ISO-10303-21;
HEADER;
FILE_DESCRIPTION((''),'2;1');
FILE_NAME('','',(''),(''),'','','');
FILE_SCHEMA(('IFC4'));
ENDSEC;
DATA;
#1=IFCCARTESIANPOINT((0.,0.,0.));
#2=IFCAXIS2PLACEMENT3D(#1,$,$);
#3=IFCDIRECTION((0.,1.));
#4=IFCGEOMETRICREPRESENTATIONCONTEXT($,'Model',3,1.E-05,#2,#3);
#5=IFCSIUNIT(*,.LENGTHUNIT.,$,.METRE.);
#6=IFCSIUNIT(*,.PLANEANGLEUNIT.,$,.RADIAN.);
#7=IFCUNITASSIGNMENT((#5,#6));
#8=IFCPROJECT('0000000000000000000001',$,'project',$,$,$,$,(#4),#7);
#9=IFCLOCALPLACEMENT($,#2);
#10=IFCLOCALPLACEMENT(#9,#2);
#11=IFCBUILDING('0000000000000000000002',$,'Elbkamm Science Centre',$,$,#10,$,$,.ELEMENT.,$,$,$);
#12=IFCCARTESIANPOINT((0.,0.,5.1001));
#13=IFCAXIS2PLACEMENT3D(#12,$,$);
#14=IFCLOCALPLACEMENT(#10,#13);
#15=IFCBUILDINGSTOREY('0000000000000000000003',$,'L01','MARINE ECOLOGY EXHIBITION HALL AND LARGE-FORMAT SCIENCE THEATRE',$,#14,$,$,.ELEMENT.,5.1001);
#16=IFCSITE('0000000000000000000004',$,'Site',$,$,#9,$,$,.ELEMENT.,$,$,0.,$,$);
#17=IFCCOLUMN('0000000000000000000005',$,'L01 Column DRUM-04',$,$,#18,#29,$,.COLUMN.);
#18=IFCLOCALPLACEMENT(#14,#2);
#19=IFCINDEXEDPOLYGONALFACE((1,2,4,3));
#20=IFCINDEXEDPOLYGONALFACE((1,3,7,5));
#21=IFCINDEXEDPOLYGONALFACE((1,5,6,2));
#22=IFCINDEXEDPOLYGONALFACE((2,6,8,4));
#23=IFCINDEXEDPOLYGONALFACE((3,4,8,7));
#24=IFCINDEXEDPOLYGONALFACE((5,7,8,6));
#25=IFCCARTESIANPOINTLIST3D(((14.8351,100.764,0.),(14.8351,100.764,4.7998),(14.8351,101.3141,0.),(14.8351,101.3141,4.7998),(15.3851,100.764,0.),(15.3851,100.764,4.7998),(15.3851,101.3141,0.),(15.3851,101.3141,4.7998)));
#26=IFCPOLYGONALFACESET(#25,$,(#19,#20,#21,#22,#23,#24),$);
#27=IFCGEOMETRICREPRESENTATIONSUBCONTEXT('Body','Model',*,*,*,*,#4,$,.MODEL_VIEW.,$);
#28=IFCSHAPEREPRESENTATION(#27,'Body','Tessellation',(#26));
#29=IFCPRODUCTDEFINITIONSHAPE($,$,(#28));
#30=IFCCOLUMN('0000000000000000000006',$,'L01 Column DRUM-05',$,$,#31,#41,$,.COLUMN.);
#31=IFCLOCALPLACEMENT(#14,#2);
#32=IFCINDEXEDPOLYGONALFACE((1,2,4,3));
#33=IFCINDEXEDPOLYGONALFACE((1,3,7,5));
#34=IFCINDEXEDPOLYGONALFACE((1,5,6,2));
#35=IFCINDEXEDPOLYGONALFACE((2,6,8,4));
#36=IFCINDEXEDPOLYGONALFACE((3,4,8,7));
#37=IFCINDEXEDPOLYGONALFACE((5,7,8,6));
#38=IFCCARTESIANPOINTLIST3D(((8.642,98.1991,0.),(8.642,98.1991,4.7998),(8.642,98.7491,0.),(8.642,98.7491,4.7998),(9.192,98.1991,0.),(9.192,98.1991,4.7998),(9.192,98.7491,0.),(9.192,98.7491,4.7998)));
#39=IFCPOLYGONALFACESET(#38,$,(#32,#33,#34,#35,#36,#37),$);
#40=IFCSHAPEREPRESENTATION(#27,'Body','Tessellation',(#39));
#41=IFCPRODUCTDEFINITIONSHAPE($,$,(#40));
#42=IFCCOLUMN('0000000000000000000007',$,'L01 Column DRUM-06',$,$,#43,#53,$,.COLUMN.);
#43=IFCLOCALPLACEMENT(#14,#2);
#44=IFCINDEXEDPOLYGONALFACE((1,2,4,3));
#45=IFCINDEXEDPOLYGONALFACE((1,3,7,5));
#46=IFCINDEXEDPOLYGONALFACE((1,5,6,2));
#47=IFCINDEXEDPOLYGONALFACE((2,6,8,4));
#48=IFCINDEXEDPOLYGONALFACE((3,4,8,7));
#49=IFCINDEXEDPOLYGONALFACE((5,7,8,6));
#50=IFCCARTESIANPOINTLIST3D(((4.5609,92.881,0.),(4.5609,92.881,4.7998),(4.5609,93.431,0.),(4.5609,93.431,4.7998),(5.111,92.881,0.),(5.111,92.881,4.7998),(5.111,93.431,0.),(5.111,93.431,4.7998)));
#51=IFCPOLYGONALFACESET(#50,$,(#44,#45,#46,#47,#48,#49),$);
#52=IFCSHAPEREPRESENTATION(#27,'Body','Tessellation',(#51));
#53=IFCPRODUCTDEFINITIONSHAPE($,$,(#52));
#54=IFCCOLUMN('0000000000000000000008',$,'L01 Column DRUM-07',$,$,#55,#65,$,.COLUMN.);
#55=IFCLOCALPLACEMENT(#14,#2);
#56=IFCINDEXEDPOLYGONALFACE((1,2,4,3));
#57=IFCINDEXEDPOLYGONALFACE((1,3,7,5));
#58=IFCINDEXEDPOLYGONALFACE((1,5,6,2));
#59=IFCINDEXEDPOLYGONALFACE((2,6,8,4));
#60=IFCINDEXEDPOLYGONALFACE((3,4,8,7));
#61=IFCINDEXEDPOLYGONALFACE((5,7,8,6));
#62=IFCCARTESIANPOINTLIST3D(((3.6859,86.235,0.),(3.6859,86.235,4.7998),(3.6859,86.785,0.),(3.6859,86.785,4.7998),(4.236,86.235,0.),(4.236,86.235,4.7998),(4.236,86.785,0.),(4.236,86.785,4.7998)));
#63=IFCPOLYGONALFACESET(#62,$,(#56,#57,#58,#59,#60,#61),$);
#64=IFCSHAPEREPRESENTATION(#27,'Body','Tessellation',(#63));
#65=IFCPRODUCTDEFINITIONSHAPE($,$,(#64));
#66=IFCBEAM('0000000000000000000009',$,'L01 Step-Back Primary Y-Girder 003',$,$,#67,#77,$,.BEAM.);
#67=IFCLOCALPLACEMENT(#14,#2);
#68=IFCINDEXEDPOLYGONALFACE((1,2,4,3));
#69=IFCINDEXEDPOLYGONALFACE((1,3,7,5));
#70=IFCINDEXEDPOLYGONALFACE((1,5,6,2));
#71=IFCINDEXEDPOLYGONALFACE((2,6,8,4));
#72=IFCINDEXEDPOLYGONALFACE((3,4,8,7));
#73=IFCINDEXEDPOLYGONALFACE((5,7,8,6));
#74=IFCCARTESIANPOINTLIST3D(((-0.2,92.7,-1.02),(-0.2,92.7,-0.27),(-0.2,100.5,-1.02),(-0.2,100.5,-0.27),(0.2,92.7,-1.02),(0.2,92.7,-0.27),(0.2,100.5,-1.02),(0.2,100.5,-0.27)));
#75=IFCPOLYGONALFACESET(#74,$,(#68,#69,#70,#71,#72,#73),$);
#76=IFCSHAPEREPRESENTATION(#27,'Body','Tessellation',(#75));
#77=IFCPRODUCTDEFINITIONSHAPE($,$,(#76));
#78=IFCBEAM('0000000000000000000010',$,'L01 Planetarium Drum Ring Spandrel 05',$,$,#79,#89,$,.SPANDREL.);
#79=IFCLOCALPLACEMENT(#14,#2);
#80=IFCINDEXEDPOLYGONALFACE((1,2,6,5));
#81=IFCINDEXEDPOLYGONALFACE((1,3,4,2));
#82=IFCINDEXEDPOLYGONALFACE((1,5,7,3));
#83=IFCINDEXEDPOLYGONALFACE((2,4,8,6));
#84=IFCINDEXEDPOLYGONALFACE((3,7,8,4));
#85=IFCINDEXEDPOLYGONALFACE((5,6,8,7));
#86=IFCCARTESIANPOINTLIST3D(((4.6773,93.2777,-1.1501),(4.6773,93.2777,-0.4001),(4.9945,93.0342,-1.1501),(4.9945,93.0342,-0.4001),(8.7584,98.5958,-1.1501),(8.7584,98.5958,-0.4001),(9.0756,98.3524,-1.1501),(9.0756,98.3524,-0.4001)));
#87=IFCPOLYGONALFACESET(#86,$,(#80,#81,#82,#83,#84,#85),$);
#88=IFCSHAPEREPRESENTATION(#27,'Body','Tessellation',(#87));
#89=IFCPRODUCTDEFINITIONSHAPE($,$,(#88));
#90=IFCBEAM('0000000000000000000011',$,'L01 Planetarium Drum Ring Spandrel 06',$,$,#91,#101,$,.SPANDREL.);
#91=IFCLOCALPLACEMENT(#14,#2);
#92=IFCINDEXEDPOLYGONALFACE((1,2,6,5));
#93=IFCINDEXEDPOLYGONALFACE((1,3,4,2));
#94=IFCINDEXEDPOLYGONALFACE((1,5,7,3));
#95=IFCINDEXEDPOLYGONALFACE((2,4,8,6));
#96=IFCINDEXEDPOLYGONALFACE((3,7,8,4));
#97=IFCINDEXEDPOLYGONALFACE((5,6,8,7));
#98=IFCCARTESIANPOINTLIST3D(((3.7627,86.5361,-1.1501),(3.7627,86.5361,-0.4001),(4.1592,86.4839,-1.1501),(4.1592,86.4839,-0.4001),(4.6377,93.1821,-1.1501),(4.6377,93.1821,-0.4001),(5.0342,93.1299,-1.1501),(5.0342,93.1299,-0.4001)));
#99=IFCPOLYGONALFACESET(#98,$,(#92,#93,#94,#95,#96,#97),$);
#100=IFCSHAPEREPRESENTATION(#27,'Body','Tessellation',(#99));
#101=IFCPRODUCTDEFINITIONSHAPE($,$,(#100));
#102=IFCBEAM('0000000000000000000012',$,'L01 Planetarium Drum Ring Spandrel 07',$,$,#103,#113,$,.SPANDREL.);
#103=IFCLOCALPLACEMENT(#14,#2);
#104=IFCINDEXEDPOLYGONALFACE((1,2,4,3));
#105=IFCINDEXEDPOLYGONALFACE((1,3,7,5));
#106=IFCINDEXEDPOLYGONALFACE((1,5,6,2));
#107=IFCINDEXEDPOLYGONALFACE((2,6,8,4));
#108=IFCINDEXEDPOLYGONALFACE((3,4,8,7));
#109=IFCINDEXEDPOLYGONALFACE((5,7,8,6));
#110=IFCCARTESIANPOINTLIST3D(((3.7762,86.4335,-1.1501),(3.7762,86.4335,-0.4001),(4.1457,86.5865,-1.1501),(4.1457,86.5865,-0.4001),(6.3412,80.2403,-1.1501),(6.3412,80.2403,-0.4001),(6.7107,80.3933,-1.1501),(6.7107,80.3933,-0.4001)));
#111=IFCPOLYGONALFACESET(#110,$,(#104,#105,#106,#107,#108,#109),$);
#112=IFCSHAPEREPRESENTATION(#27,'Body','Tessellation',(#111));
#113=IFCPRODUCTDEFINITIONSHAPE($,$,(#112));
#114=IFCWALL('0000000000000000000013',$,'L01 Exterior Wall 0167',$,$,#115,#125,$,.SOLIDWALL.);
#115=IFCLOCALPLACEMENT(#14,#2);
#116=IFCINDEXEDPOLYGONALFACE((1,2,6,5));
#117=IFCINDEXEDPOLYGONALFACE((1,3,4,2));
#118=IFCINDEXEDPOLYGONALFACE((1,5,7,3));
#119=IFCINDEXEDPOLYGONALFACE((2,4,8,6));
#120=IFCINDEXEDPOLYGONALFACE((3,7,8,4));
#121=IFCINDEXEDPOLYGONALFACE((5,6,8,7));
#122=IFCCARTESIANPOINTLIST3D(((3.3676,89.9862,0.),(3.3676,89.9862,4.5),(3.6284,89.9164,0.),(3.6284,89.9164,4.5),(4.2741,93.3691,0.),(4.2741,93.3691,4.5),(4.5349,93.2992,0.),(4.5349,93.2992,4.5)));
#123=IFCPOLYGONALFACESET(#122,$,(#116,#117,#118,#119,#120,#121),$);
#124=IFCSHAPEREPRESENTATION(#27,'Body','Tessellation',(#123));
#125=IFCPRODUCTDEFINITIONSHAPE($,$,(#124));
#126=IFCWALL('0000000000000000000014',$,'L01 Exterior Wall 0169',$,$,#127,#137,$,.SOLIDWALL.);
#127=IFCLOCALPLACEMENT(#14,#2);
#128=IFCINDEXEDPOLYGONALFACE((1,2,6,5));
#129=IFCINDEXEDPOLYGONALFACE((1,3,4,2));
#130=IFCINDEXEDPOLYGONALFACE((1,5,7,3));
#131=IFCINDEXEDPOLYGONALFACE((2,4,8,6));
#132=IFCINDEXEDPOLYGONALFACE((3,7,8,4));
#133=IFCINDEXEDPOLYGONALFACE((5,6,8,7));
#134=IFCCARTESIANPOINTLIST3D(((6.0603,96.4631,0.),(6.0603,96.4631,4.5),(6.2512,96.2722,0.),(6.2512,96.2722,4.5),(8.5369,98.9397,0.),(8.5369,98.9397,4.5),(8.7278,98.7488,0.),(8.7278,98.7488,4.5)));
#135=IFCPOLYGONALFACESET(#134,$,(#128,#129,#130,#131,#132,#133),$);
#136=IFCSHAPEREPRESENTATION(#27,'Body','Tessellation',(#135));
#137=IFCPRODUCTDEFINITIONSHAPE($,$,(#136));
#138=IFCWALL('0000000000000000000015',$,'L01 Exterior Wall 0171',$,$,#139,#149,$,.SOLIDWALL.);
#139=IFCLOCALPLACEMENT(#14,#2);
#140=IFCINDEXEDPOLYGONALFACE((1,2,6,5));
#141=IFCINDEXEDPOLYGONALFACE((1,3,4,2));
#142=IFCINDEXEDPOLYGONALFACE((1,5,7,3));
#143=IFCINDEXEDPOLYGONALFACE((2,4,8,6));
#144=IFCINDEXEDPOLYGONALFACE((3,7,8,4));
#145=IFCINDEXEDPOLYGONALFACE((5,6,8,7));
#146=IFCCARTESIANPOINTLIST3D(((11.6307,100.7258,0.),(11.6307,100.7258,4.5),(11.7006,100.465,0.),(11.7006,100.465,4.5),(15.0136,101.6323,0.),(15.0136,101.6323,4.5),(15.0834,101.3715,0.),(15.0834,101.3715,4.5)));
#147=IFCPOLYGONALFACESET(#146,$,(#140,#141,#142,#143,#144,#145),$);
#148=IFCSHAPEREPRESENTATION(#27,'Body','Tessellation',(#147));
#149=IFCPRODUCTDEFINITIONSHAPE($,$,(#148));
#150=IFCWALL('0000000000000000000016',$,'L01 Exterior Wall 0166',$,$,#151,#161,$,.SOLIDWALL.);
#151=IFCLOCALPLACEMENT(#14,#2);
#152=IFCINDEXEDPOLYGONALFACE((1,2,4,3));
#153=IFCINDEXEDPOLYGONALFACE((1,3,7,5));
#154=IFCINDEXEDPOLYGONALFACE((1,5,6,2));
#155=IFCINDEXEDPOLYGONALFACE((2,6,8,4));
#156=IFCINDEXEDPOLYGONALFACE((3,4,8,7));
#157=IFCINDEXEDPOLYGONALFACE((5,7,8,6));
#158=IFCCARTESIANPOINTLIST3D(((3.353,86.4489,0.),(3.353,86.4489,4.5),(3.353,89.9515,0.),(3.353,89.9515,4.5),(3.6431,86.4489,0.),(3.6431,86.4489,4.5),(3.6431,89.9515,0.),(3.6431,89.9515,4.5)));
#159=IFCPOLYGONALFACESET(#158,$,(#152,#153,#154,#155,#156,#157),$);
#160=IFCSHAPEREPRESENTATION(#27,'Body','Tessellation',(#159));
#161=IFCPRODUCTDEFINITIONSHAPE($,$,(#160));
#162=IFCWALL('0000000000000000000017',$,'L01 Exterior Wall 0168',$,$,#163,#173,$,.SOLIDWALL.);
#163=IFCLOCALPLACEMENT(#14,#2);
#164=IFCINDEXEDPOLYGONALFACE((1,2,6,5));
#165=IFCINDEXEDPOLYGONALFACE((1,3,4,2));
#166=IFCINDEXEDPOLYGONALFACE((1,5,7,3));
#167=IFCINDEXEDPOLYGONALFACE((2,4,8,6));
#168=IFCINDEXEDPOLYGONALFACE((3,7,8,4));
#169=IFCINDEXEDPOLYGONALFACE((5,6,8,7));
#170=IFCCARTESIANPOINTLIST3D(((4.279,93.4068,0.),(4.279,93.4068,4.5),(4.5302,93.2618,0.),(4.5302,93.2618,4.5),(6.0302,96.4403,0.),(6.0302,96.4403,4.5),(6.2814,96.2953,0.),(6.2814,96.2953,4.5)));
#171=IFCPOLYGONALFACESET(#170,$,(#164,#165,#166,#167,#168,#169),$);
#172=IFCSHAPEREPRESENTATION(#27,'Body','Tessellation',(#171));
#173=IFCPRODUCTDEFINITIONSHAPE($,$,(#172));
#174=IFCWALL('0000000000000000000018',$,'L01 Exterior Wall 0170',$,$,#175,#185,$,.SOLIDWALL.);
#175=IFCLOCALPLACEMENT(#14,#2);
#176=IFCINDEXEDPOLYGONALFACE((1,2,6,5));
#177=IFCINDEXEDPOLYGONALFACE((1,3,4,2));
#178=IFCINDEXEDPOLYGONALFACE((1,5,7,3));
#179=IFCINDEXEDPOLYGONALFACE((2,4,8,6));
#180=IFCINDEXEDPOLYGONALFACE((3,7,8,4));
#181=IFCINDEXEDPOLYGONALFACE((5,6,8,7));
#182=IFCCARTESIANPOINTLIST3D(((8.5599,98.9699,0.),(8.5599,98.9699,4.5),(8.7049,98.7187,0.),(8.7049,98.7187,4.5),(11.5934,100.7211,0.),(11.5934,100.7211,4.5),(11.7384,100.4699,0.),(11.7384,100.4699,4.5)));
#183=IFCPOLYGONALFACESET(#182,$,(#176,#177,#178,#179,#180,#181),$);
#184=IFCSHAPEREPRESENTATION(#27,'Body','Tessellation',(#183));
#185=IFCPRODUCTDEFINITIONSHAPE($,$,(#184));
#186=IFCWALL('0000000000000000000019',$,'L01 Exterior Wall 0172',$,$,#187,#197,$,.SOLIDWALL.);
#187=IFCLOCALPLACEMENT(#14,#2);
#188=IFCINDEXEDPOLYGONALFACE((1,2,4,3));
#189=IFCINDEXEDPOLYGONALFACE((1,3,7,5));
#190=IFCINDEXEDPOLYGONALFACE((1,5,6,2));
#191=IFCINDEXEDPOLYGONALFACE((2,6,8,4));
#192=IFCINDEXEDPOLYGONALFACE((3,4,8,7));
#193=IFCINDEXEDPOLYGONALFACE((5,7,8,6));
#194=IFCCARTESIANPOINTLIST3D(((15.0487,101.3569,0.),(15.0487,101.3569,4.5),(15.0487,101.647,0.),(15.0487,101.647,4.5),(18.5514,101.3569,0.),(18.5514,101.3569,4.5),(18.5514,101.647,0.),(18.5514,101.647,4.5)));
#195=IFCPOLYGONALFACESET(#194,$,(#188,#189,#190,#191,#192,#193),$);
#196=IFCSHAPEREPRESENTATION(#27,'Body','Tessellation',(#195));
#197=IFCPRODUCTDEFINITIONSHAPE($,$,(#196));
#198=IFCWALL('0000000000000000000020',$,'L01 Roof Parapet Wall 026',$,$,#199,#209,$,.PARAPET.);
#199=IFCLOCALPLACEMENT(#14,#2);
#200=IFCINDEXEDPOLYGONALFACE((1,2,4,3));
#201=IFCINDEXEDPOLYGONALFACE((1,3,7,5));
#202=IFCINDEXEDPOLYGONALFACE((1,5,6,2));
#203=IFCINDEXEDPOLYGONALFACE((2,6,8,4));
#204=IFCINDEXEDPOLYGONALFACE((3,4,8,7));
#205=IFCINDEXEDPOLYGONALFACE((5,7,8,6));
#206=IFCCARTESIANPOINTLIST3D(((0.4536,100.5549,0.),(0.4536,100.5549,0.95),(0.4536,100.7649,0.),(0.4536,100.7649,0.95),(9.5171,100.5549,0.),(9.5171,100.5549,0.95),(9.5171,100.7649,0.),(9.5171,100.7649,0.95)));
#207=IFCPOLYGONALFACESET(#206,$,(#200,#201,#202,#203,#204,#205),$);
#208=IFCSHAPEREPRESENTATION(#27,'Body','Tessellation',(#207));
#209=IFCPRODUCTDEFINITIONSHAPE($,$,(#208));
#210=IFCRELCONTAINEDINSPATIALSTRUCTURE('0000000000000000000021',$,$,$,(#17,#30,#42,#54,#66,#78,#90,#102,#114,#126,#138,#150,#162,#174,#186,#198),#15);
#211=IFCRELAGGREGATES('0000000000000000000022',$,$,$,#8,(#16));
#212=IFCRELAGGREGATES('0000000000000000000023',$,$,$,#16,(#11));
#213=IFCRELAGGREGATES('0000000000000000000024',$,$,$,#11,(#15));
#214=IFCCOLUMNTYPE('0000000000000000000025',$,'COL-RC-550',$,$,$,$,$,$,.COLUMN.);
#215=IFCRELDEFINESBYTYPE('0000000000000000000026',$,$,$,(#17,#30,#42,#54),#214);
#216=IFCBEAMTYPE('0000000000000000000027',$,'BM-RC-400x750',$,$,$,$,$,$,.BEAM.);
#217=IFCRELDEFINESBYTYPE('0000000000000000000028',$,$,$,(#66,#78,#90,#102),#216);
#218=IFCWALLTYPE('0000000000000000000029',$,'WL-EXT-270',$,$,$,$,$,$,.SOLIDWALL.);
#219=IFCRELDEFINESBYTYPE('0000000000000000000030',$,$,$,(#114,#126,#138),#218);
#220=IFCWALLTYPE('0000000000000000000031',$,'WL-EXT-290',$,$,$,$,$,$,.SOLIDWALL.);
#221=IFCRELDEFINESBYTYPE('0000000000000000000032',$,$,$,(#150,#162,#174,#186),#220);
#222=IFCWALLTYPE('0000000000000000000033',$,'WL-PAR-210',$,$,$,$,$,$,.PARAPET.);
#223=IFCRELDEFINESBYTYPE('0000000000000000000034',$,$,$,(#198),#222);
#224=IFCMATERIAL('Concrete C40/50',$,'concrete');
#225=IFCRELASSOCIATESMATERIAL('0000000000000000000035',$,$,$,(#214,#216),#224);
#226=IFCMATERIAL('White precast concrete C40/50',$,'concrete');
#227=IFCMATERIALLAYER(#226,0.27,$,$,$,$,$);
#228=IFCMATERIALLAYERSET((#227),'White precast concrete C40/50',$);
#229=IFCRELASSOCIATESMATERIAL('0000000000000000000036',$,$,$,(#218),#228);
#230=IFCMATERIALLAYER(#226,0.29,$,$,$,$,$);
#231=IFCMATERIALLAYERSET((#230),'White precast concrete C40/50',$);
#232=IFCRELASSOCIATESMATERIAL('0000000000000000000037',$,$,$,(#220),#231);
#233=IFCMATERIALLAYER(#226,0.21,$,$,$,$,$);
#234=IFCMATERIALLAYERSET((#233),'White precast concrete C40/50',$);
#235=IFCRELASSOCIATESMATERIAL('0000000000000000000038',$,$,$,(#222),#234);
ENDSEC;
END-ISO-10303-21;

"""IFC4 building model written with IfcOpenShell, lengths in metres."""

from ifc_helpers import new_model, si_unit, direction, frame, frame_2d, origin, origin_2d, place, context, subcontext, project, spatial, rectangle, extrude, material, layer, layer_set, material_profile, profile_set, type_object, element, save


model = new_model("IFC4")

# Units and contexts
model_context = context("Model", 3, precision=1e-05, world=origin(), true_north=direction((0.0, 1.0)))
body_context = subcontext(model_context, "Body", "Model", "MODEL_VIEW")
ifc_project = project(units=[si_unit("LENGTHUNIT", "METRE"), si_unit("PLANEANGLEUNIT", "RADIAN")], contexts=[model_context])

# Site, building, storey
site_placement = place(None, origin())
site = spatial("IfcSite", under=ifc_project, at=site_placement, Name="Site", CompositionType="ELEMENT", RefElevation=0.0)
building_placement = place(site_placement, origin())
building = spatial("IfcBuilding", under=site, at=building_placement, Name="Elbkamm Science Centre", CompositionType="ELEMENT")
storey_placement = place(building_placement, frame((0.0, 0.0, 5.1001)))
storey = spatial("IfcBuildingStorey", under=building, at=storey_placement, Name="L01", Description="MARINE ECOLOGY EXHIBITION HALL AND LARGE-FORMAT SCIENCE THEATRE", CompositionType="ELEMENT", Elevation=5.1001)

# Columns
ifc_material_1 = material(Name="Concrete C40/50", Category="concrete")
ifc_material_profile_1 = material_profile(ifc_material_1, rectangle(XDim=0.55, YDim=0.55, at=origin_2d()), Name="RC 550x550")
ifc_profile_set_1 = profile_set([ifc_material_profile_1], Name="Concrete C40/50")
column_type = type_object("IfcColumnType", Name="COL-RC-550", PredefinedType="COLUMN", material=ifc_profile_set_1)
for number, where, z_axis, x_axis, name in (
    (1, (15.1101, 101.0391, 0.0), (0.0, 0.0, 1.0), (1.0, 0.0, 0.0), "L01 Column DRUM-04"),
    (2, (8.917, 98.4741, 0.0), (0.0, 0.0, 1.0), (1.0, 0.0, 0.0), "L01 Column DRUM-05"),
    (3, (4.8359, 93.156, 0.0), (0.0, 0.0, 1.0), (1.0, 0.0, 0.0), "L01 Column DRUM-06"),
    (4, (3.9609, 86.51, 0.0), (0.0, 0.0, 1.0), (1.0, 0.0, 0.0), "L01 Column DRUM-07"),
):
    element("IfcColumn", number, at=place(storey_placement, frame(where, z_axis=z_axis, x_axis=x_axis)), inside=storey, type_object=column_type, Name=name, PredefinedType="COLUMN", context=body_context, shape_type="SweptSolid", body=[
        extrude(rectangle(XDim=0.55, YDim=0.55, at=origin_2d()), origin(), (0.0, 0.0, 1.0), 4.7998),
    ])

# Beams
ifc_material_profile_2 = material_profile(ifc_material_1, rectangle(XDim=0.3999, YDim=0.75, at=origin_2d()), Name="RC 400x750")
ifc_profile_set_2 = profile_set([ifc_material_profile_2], Name="Concrete C40/50")
beam_type = type_object("IfcBeamType", Name="BM-RC-400x750", PredefinedType="BEAM", material=ifc_profile_set_2)
beam_1_placement = place(storey_placement, frame((0.0, 92.7, -0.645), z_axis=(0.0, 1.0, 0.0), x_axis=(-1.0, 0.0, 0.0)))
element("IfcBeam", 5, at=beam_1_placement, inside=storey, type_object=beam_type, Name="L01 Step-Back Primary Y-Girder 003", PredefinedType="BEAM", context=body_context, shape_type="SweptSolid", body=[
    extrude(rectangle(XDim=0.3999, YDim=0.75, at=origin_2d()), origin(), (0.0, 0.0, 1.0), 7.8),
])
beam_2_placement = place(storey_placement, frame((8.917, 98.4741, -0.7751), z_axis=(-0.608792, -0.79333, 0.0), x_axis=(0.79333, -0.608792, 0.0)))
element("IfcBeam", 6, at=beam_2_placement, inside=storey, type_object=beam_type, Name="L01 Planetarium Drum Ring Spandrel 05", PredefinedType="SPANDREL", context=body_context, shape_type="SweptSolid", body=[
    extrude(rectangle(XDim=0.3999, YDim=0.75, at=origin_2d()), origin(), (0.0, 0.0, 1.0), 6.7036),
])
for number, where, z_axis, x_axis, name in (
    (7, (4.8359, 93.156, -0.7751), (-0.130532, -0.991444, 0.0), (0.991444, -0.130532, 0.0), "L01 Planetarium Drum Ring Spandrel 06"),
    (8, (3.9609, 86.51, -0.7751), (0.382641, -0.923897, 0.0), (0.923897, 0.382641, 0.0), "L01 Planetarium Drum Ring Spandrel 07"),
):
    element("IfcBeam", number, at=place(storey_placement, frame(where, z_axis=z_axis, x_axis=x_axis)), inside=storey, type_object=beam_type, Name=name, PredefinedType="SPANDREL", context=body_context, shape_type="SweptSolid", body=[
        extrude(rectangle(XDim=0.3999, YDim=0.75, at=origin_2d()), origin(), (0.0, 0.0, 1.0), 6.7034),
    ])

# Walls
ifc_material_2 = material(Name="White precast concrete C40/50", Category="concrete")
ifc_layer_1 = layer(ifc_material_2, 0.27)
ifc_layer_set_1 = layer_set([ifc_layer_1], Name="White precast concrete C40/50")
wall_type_1 = type_object("IfcWallType", Name="WL-EXT-270", PredefinedType="SOLIDWALL", material=ifc_layer_set_1)
wall_1_placement = place(storey_placement, frame((3.498, 89.9514, 0.0), z_axis=(0.0, 0.0, 1.0), x_axis=(0.258838, 0.965921, 0.0)))
element("IfcWall", 9, at=wall_1_placement, inside=storey, type_object=wall_type_1, Name="L01 Exterior Wall 0167", PredefinedType="SOLIDWALL", context=body_context, shape_type="SweptSolid", body=[
    extrude(rectangle(XDim=3.5022, YDim=0.27, at=frame_2d((1.751, 0.0))), origin(), (0.0, 0.0, 1.0), 4.5),
])
wall_2_placement = place(storey_placement, frame((6.1558, 96.3677, 0.0), z_axis=(0.0, 0.0, 1.0), x_axis=(0.707107, 0.707107, 0.0)))
element("IfcWall", 10, at=wall_2_placement, inside=storey, type_object=wall_type_1, Name="L01 Exterior Wall 0169", PredefinedType="SOLIDWALL", context=body_context, shape_type="SweptSolid", body=[
    extrude(rectangle(XDim=3.5024, YDim=0.27, at=frame_2d((1.7512, 0.0))), origin(), (0.0, 0.0, 1.0), 4.5),
])
wall_3_placement = place(storey_placement, frame((11.6658, 100.5955, 0.0), z_axis=(0.0, 0.0, 1.0), x_axis=(0.965921, 0.258838, 0.0)))
element("IfcWall", 11, at=wall_3_placement, inside=storey, type_object=wall_type_1, Name="L01 Exterior Wall 0171", PredefinedType="SOLIDWALL", context=body_context, shape_type="SweptSolid", body=[
    extrude(rectangle(XDim=3.5022, YDim=0.27, at=frame_2d((1.751, 0.0))), origin(), (0.0, 0.0, 1.0), 4.5),
])
ifc_layer_2 = layer(ifc_material_2, 0.29)
ifc_layer_set_2 = layer_set([ifc_layer_2], Name="White precast concrete C40/50")
wall_type_2 = type_object("IfcWallType", Name="WL-EXT-290", PredefinedType="SOLIDWALL", material=ifc_layer_set_2)
for number, where, z_axis, x_axis, name in (
    (12, (3.498, 86.4487, 0.0), (0.0, 0.0, 1.0), (0.0, 1.0, 0.0), "L01 Exterior Wall 0166"),
    (13, (4.4045, 93.3342, 0.0), (0.0, 0.0, 1.0), (0.49997, 0.866043, 0.0), "L01 Exterior Wall 0168"),
    (14, (8.6323, 98.8442, 0.0), (0.0, 0.0, 1.0), (0.866043, 0.49997, 0.0), "L01 Exterior Wall 0170"),
    (15, (15.0486, 101.502, 0.0), (0.0, 0.0, 1.0), (1.0, 0.0, 0.0), "L01 Exterior Wall 0172"),
):
    element("IfcWall", number, at=place(storey_placement, frame(where, z_axis=z_axis, x_axis=x_axis)), inside=storey, type_object=wall_type_2, Name=name, PredefinedType="SOLIDWALL", context=body_context, shape_type="SweptSolid", body=[
        extrude(rectangle(XDim=3.5027, YDim=0.29, at=frame_2d((1.7515, 0.0))), origin(), (0.0, 0.0, 1.0), 4.5),
    ])
ifc_layer_3 = layer(ifc_material_2, 0.21)
ifc_layer_set_3 = layer_set([ifc_layer_3], Name="White precast concrete C40/50")
wall_type_3 = type_object("IfcWallType", Name="WL-PAR-210", PredefinedType="PARAPET", material=ifc_layer_set_3)
wall_4_placement = place(storey_placement, frame((0.4536, 100.6599, 0.0), z_axis=(0.0, 0.0, 1.0), x_axis=(1.0, 0.0, 0.0)))
element("IfcWall", 16, at=wall_4_placement, inside=storey, type_object=wall_type_3, Name="L01 Roof Parapet Wall 026", PredefinedType="PARAPET", context=body_context, shape_type="SweptSolid", body=[
    extrude(rectangle(XDim=9.0635, YDim=0.21, at=frame_2d((4.5317, 0.0))), origin(), (0.0, 0.0, 1.0), 0.95),
])

save(model, "model.ifc")
